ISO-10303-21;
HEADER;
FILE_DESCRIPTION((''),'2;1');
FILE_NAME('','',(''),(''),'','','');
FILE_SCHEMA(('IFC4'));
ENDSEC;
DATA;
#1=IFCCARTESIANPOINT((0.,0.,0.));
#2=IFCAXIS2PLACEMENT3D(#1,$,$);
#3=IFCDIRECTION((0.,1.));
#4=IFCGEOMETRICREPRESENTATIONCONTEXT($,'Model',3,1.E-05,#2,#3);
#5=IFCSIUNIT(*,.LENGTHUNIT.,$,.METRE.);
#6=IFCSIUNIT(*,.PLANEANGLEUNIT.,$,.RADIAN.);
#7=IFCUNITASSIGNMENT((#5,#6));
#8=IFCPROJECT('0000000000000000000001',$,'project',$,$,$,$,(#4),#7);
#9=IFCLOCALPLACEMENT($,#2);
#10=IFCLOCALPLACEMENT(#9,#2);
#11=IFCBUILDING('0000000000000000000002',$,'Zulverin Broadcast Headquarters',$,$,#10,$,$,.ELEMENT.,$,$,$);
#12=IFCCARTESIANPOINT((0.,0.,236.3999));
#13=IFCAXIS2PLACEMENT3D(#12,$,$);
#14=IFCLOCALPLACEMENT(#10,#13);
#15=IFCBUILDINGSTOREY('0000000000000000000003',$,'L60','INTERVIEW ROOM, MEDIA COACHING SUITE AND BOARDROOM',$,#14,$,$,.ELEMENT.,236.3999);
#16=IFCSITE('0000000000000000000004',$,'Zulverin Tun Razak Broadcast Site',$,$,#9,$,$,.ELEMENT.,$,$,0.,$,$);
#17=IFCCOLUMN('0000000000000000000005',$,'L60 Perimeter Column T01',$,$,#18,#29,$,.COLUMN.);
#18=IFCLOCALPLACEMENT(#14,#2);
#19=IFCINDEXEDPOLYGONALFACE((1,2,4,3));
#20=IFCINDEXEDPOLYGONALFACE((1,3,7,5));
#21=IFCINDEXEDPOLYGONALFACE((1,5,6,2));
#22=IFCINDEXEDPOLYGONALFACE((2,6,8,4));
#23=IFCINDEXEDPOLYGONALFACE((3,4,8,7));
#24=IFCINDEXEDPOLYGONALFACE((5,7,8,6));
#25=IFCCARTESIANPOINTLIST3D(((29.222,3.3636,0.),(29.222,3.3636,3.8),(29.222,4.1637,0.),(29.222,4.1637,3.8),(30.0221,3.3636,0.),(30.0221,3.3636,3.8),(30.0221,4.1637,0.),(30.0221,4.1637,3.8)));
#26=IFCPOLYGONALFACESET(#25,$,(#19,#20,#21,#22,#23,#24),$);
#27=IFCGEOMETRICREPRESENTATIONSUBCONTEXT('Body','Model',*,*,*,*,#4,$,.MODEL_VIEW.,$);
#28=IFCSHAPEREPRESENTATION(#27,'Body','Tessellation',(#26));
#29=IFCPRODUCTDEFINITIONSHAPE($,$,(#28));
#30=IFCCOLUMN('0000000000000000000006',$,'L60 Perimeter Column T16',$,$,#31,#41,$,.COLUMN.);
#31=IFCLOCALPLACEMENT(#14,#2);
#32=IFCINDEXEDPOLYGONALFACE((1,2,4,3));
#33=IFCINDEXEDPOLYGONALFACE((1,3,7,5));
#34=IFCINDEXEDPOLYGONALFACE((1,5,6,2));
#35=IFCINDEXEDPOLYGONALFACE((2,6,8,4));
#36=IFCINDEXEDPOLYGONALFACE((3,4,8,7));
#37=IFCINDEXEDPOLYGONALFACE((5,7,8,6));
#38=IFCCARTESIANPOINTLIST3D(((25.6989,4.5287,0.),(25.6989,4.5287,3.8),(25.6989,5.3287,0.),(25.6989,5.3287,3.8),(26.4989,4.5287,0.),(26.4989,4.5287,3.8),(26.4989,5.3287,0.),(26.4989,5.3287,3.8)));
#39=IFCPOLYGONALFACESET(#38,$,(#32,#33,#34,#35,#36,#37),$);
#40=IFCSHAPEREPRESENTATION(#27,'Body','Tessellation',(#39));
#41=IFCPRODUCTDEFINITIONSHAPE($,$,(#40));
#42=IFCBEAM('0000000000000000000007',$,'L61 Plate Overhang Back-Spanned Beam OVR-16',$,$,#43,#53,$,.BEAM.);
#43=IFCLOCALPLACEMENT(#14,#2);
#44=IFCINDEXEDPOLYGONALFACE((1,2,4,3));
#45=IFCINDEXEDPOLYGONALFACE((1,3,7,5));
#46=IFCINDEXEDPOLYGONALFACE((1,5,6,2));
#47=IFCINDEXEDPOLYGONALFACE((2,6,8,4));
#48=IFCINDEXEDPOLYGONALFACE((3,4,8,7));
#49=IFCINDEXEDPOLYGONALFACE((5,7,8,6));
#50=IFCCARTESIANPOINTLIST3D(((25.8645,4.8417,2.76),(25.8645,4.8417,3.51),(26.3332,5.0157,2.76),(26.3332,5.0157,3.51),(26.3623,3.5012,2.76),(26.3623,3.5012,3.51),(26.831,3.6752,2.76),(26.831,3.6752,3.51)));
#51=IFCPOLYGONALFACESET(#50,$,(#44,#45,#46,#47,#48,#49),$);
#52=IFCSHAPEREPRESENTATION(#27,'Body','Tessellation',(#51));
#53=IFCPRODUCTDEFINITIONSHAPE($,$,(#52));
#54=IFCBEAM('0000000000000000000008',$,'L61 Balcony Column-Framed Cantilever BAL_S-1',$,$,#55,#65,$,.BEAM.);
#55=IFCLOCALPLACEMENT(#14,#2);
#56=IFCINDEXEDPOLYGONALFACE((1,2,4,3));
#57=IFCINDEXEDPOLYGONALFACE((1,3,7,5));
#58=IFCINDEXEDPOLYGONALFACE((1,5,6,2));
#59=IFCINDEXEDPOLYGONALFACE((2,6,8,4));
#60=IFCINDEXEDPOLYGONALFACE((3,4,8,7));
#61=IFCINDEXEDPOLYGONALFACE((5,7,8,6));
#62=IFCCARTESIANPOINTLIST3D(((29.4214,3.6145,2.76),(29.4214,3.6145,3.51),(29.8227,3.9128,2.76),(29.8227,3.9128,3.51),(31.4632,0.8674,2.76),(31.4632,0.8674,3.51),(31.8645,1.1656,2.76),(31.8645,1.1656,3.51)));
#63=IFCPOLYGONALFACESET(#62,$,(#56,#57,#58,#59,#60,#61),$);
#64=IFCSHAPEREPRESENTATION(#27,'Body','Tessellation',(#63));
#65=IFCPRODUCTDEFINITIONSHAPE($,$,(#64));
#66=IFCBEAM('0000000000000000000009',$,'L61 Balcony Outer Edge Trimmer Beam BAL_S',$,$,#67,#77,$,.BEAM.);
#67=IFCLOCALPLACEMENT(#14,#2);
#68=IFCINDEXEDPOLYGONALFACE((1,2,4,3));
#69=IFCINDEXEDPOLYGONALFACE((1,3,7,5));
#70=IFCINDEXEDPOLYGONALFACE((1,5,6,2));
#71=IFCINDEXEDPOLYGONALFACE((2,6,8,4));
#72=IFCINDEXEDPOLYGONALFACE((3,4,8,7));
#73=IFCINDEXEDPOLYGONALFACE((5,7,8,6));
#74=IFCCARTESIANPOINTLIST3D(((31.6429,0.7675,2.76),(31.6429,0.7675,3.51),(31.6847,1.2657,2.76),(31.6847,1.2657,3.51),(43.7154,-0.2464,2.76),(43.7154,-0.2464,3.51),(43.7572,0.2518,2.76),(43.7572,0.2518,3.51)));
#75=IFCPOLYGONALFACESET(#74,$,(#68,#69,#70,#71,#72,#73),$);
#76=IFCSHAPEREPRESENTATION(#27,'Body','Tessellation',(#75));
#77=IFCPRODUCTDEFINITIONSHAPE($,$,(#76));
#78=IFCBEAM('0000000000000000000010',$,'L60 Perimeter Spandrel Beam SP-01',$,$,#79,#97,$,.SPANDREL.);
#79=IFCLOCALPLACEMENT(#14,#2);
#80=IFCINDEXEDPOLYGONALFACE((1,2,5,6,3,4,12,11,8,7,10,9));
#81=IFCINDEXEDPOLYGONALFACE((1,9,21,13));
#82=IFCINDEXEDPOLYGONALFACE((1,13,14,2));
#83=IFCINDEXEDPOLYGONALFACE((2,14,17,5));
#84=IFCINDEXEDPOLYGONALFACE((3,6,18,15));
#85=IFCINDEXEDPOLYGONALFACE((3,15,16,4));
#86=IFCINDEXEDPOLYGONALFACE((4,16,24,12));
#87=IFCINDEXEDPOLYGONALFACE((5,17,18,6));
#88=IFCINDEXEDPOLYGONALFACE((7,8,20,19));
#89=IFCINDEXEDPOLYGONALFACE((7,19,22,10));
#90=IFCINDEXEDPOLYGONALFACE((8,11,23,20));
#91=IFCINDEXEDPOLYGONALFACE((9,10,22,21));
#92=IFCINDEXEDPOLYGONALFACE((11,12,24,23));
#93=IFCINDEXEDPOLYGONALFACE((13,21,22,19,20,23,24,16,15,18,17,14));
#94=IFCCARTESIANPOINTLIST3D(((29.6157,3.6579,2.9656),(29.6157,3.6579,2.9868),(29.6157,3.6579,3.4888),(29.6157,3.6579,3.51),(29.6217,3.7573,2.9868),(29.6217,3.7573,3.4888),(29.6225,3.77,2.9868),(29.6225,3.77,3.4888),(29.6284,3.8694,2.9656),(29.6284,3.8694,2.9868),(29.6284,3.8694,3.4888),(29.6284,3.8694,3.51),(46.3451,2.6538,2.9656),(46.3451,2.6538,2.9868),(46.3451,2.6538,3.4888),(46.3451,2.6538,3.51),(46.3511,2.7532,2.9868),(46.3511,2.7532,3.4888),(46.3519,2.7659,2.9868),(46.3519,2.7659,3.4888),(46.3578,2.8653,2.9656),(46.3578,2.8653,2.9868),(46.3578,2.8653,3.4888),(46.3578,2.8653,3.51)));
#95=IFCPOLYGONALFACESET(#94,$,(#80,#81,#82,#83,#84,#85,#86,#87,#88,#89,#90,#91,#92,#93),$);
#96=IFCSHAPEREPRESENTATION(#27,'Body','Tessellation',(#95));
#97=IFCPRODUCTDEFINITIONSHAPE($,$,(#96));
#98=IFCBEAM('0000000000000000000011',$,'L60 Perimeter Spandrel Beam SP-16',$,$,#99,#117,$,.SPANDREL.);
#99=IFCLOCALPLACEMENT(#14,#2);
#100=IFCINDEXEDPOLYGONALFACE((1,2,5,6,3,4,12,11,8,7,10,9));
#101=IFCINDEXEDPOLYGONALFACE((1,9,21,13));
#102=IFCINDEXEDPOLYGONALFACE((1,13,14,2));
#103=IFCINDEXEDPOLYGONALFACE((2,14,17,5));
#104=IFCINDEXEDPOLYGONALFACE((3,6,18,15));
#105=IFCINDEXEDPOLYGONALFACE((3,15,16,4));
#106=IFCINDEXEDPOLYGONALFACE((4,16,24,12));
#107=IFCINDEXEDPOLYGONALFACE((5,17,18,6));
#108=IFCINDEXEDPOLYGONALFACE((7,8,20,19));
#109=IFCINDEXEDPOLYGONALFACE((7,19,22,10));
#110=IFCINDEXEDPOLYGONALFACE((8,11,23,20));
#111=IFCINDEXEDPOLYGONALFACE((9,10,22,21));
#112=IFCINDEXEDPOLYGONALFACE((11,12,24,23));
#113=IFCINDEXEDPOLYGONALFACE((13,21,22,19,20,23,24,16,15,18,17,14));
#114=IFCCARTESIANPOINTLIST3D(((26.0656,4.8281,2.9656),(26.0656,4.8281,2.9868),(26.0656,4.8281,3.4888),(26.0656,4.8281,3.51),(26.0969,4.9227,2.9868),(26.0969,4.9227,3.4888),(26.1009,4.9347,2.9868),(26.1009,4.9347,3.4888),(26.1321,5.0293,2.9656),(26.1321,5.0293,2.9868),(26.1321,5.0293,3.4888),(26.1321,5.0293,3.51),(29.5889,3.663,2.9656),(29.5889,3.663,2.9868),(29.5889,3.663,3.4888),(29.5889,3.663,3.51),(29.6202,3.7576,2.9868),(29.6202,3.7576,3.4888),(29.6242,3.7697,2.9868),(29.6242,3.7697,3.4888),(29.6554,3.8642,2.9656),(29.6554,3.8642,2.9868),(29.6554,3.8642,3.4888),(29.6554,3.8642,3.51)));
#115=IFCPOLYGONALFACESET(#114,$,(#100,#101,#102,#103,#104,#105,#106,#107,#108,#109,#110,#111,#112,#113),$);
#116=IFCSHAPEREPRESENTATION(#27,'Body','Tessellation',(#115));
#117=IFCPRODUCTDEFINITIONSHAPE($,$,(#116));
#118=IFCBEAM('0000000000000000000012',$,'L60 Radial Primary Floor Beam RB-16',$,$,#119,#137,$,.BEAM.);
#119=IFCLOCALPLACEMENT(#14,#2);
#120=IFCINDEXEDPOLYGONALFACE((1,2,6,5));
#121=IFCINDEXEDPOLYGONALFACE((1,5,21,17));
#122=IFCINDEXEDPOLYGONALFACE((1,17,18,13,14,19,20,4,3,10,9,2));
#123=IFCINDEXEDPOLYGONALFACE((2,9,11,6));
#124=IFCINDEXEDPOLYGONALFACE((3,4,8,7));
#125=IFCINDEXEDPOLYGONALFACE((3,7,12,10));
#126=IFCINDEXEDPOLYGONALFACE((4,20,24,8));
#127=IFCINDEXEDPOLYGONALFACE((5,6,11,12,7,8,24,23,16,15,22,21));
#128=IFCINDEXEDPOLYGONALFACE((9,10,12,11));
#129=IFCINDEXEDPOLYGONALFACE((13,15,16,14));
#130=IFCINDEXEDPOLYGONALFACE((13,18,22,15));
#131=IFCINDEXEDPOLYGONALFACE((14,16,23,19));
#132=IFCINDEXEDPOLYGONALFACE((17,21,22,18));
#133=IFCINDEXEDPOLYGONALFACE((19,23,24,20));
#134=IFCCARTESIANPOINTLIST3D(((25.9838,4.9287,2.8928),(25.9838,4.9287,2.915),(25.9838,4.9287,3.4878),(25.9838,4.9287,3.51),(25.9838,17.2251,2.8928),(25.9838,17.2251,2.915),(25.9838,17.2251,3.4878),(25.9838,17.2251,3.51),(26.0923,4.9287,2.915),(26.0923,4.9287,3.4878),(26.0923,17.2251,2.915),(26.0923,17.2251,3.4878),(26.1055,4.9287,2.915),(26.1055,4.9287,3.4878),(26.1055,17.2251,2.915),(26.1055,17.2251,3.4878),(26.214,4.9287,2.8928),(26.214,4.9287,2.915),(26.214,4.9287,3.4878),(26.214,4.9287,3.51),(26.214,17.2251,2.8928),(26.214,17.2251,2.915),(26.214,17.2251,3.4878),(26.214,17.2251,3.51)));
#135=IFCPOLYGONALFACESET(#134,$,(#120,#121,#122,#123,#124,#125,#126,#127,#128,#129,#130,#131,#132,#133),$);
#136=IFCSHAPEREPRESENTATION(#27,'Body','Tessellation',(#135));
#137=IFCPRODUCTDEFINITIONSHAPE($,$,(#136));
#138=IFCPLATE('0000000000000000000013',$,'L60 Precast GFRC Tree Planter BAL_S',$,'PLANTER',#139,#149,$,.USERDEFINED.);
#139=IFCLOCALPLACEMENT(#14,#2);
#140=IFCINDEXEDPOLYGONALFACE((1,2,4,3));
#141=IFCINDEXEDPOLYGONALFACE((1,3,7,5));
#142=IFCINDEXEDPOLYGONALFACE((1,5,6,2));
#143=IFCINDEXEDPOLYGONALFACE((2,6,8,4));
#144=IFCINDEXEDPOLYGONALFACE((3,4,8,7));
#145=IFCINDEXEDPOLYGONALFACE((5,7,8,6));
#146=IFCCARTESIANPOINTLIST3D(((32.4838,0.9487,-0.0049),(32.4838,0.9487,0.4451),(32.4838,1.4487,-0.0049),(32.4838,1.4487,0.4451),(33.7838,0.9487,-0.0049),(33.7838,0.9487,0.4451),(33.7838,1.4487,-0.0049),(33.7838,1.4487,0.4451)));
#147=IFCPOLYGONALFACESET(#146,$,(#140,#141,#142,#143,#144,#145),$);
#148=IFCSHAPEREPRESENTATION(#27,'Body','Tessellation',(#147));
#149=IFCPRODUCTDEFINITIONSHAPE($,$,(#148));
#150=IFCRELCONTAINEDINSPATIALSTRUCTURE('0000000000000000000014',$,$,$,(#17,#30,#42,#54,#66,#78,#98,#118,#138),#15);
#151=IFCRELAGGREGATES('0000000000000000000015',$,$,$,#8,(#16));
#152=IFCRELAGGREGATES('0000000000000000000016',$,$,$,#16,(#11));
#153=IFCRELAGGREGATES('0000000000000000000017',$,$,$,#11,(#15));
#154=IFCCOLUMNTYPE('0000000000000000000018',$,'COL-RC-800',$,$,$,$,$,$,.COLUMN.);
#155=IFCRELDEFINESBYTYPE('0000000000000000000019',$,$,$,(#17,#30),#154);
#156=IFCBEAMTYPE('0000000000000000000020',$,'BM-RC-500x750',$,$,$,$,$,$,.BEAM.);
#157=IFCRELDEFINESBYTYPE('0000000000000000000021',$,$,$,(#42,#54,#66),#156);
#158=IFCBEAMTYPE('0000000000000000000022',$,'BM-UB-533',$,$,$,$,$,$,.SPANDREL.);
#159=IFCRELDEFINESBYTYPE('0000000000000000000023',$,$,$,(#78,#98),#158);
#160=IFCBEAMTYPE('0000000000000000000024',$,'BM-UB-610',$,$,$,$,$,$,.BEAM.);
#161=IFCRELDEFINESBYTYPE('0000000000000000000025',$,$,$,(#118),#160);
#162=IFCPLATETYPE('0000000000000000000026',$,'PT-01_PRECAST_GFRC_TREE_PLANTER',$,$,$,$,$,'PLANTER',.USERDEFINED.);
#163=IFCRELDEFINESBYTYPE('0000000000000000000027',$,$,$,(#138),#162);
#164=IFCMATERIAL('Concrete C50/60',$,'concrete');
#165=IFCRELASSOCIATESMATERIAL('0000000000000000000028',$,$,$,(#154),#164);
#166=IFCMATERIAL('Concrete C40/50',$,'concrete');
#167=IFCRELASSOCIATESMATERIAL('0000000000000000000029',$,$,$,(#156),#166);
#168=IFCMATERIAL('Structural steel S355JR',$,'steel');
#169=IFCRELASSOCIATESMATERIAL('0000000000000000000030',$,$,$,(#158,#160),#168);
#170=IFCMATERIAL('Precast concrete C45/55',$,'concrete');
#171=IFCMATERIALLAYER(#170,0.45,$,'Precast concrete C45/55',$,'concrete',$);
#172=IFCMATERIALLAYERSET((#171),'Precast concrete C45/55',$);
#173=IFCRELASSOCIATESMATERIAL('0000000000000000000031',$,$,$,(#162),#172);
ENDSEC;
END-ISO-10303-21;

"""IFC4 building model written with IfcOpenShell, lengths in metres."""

from ifc_helpers import new_model, si_unit, direction, frame, origin, origin_2d, place, context, subcontext, project, spatial, rectangle, i_section, extrude, material, layer, layer_set, material_profile, profile_set, type_object, element, save


model = new_model("IFC4")

# Units and contexts
model_context = context("Model", 3, precision=1e-05, world=origin(), true_north=direction((0.0, 1.0)))
body_context = subcontext(model_context, "Body", "Model", "MODEL_VIEW")
ifc_project = project(units=[si_unit("LENGTHUNIT", "METRE"), si_unit("PLANEANGLEUNIT", "RADIAN")], contexts=[model_context])

# Site, building, storey
site_placement = place(None, origin())
site = spatial("IfcSite", under=ifc_project, at=site_placement, Name="Zulverin Tun Razak Broadcast Site", CompositionType="ELEMENT", RefElevation=0.0)
building_placement = place(site_placement, origin())
building = spatial("IfcBuilding", under=site, at=building_placement, Name="Zulverin Broadcast Headquarters", CompositionType="ELEMENT")
storey_placement = place(building_placement, frame((0.0, 0.0, 236.3999)))
storey = spatial("IfcBuildingStorey", under=building, at=storey_placement, Name="L60", Description="INTERVIEW ROOM, MEDIA COACHING SUITE AND BOARDROOM", CompositionType="ELEMENT", Elevation=236.3999)

# Columns
ifc_material_1 = material(Name="Concrete C50/60", Category="concrete")
ifc_material_profile_1 = material_profile(ifc_material_1, rectangle(XDim=0.8, YDim=0.8, at=origin_2d()), Name="Concrete C50/60", Category="concrete")
ifc_profile_set_1 = profile_set([ifc_material_profile_1], Name="Concrete C50/60")
column_type = type_object("IfcColumnType", Name="COL-RC-800", PredefinedType="COLUMN", material=ifc_profile_set_1)
for number, where, z_axis, x_axis, name in (
    (1, (29.6221, 3.7637, 0.0), (0.0, 0.0, 1.0), (1.0, 0.0, 0.0), "L60 Perimeter Column T01"),
    (2, (26.0989, 4.9287, 0.0), (0.0, 0.0, 1.0), (1.0, 0.0, 0.0), "L60 Perimeter Column T16"),
):
    element("IfcColumn", number, at=place(storey_placement, frame(where, z_axis=z_axis, x_axis=x_axis)), inside=storey, type_object=column_type, Name=name, PredefinedType="COLUMN", context=body_context, shape_type="SweptSolid", body=[
        extrude(rectangle(XDim=0.8, YDim=0.8, at=origin_2d()), origin(), (0.0, 0.0, 1.0), 3.8),
    ])

# Beams
ifc_material_2 = material(Name="Concrete C40/50", Category="concrete")
ifc_material_profile_2 = material_profile(ifc_material_2, rectangle(XDim=0.5, YDim=0.75, at=origin_2d()), Name="Concrete C40/50", Category="concrete")
ifc_profile_set_2 = profile_set([ifc_material_profile_2], Name="Concrete C40/50")
beam_type_1 = type_object("IfcBeamType", Name="BM-RC-500x750", PredefinedType="BEAM", material=ifc_profile_set_2)
beam_1_placement = place(storey_placement, frame((26.0989, 4.9287, 3.135), z_axis=(0.348109, -0.937454, 0.0), x_axis=(0.937454, 0.348109, 0.0)))
element("IfcBeam", 3, at=beam_1_placement, inside=storey, type_object=beam_type_1, Name="L61 Plate Overhang Back-Spanned Beam OVR-16", PredefinedType="BEAM", context=body_context, shape_type="SweptSolid", body=[
    extrude(rectangle(XDim=0.5, YDim=0.75, at=origin_2d()), origin(), (0.0, 0.0, 1.0), 1.4299),
])
beam_2_placement = place(storey_placement, frame((29.6221, 3.7637, 3.135), z_axis=(0.596525, -0.802595, 0.0), x_axis=(0.802595, 0.596525, 0.0)))
element("IfcBeam", 4, at=beam_2_placement, inside=storey, type_object=beam_type_1, Name="L61 Balcony Column-Framed Cantilever BAL_S-1", PredefinedType="BEAM", context=body_context, shape_type="SweptSolid", body=[
    extrude(rectangle(XDim=0.5, YDim=0.75, at=origin_2d()), origin(), (0.0, 0.0, 1.0), 3.4229),
])
beam_3_placement = place(storey_placement, frame((31.6638, 1.0166, 3.135), z_axis=(0.996492, -0.083691, 0.0), x_axis=(0.083691, 0.996492, 0.0)))
element("IfcBeam", 5, at=beam_3_placement, inside=storey, type_object=beam_type_1, Name="L61 Balcony Outer Edge Trimmer Beam BAL_S", PredefinedType="BEAM", context=body_context, shape_type="SweptSolid", body=[
    extrude(rectangle(XDim=0.5, YDim=0.75, at=origin_2d()), origin(), (0.0, 0.0, 1.0), 12.115),
])
ifc_material_3 = material(Name="Structural steel S355JR", Category="steel")
ifc_material_profile_3 = material_profile(ifc_material_3, i_section(OverallWidth=0.2119, OverallDepth=0.5444, WebThickness=0.0127, FlangeThickness=0.0212, at=origin_2d()), Name="Structural steel S355JR", Category="steel")
ifc_profile_set_3 = profile_set([ifc_material_profile_3], Name="Structural steel S355JR")
beam_type_2 = type_object("IfcBeamType", Name="BM-UB-533", PredefinedType="SPANDREL", material=ifc_profile_set_3)
beam_4_placement = place(storey_placement, frame((29.6221, 3.7637, 3.2378), z_axis=(0.998203, -0.059915, 0.0), x_axis=(0.059915, 0.998203, 0.0)))
element("IfcBeam", 6, at=beam_4_placement, inside=storey, type_object=beam_type_2, Name="L60 Perimeter Spandrel Beam SP-01", PredefinedType="SPANDREL", context=body_context, shape_type="SweptSolid", body=[
    extrude(i_section(OverallWidth=0.2119, OverallDepth=0.5444, WebThickness=0.0127, FlangeThickness=0.0212, at=origin_2d()), origin(), (0.0, 0.0, 1.0), 16.7595),
])
beam_5_placement = place(storey_placement, frame((26.0989, 4.9287, 3.2378), z_axis=(0.949437, -0.313957, 0.0), x_axis=(0.313957, 0.949437, 0.0)))
element("IfcBeam", 7, at=beam_5_placement, inside=storey, type_object=beam_type_2, Name="L60 Perimeter Spandrel Beam SP-16", PredefinedType="SPANDREL", context=body_context, shape_type="SweptSolid", body=[
    extrude(i_section(OverallWidth=0.2119, OverallDepth=0.5444, WebThickness=0.0127, FlangeThickness=0.0212, at=origin_2d()), origin(), (0.0, 0.0, 1.0), 3.7109),
])
ifc_material_profile_4 = material_profile(ifc_material_3, i_section(OverallWidth=0.2302, OverallDepth=0.6172, WebThickness=0.0132, FlangeThickness=0.0222, at=origin_2d()), Name="Structural steel S355JR", Category="steel")
ifc_profile_set_4 = profile_set([ifc_material_profile_4], Name="Structural steel S355JR")
beam_type_3 = type_object("IfcBeamType", Name="BM-UB-610", PredefinedType="BEAM", material=ifc_profile_set_4)
beam_6_placement = place(storey_placement, frame((26.0989, 17.2251, 3.2014), z_axis=(0.0, -1.0, 0.0), x_axis=(1.0, 0.0, 0.0)))
element("IfcBeam", 8, at=beam_6_placement, inside=storey, type_object=beam_type_3, Name="L60 Radial Primary Floor Beam RB-16", PredefinedType="BEAM", context=body_context, shape_type="SweptSolid", body=[
    extrude(i_section(OverallWidth=0.2302, OverallDepth=0.6172, WebThickness=0.0132, FlangeThickness=0.0222, at=origin_2d()), origin(), (0.0, 0.0, 1.0), 12.2964),
])

# Plate
ifc_material_4 = material(Name="Precast concrete C45/55", Category="concrete")
ifc_layer_1 = layer(ifc_material_4, 0.45, Name="Precast concrete C45/55", Category="concrete")
ifc_layer_set_1 = layer_set([ifc_layer_1], Name="Precast concrete C45/55")
plate_type = type_object("IfcPlateType", Name="PT-01_PRECAST_GFRC_TREE_PLANTER", ElementType="PLANTER", PredefinedType="USERDEFINED", material=ifc_layer_set_1)
plate_placement = place(storey_placement, frame((33.1338, 1.1987, -0.0049), z_axis=(0.0, 0.0, 1.0), x_axis=(1.0, 0.0, 0.0)))
element("IfcPlate", 9, at=plate_placement, inside=storey, type_object=plate_type, Name="L60 Precast GFRC Tree Planter BAL_S", ObjectType="PLANTER", PredefinedType="USERDEFINED", context=body_context, shape_type="SweptSolid", body=[
    extrude(rectangle(XDim=1.3, YDim=0.5, at=origin_2d()), origin(), (0.0, 0.0, 1.0), 0.45),
])

save(model, "model.ifc")
